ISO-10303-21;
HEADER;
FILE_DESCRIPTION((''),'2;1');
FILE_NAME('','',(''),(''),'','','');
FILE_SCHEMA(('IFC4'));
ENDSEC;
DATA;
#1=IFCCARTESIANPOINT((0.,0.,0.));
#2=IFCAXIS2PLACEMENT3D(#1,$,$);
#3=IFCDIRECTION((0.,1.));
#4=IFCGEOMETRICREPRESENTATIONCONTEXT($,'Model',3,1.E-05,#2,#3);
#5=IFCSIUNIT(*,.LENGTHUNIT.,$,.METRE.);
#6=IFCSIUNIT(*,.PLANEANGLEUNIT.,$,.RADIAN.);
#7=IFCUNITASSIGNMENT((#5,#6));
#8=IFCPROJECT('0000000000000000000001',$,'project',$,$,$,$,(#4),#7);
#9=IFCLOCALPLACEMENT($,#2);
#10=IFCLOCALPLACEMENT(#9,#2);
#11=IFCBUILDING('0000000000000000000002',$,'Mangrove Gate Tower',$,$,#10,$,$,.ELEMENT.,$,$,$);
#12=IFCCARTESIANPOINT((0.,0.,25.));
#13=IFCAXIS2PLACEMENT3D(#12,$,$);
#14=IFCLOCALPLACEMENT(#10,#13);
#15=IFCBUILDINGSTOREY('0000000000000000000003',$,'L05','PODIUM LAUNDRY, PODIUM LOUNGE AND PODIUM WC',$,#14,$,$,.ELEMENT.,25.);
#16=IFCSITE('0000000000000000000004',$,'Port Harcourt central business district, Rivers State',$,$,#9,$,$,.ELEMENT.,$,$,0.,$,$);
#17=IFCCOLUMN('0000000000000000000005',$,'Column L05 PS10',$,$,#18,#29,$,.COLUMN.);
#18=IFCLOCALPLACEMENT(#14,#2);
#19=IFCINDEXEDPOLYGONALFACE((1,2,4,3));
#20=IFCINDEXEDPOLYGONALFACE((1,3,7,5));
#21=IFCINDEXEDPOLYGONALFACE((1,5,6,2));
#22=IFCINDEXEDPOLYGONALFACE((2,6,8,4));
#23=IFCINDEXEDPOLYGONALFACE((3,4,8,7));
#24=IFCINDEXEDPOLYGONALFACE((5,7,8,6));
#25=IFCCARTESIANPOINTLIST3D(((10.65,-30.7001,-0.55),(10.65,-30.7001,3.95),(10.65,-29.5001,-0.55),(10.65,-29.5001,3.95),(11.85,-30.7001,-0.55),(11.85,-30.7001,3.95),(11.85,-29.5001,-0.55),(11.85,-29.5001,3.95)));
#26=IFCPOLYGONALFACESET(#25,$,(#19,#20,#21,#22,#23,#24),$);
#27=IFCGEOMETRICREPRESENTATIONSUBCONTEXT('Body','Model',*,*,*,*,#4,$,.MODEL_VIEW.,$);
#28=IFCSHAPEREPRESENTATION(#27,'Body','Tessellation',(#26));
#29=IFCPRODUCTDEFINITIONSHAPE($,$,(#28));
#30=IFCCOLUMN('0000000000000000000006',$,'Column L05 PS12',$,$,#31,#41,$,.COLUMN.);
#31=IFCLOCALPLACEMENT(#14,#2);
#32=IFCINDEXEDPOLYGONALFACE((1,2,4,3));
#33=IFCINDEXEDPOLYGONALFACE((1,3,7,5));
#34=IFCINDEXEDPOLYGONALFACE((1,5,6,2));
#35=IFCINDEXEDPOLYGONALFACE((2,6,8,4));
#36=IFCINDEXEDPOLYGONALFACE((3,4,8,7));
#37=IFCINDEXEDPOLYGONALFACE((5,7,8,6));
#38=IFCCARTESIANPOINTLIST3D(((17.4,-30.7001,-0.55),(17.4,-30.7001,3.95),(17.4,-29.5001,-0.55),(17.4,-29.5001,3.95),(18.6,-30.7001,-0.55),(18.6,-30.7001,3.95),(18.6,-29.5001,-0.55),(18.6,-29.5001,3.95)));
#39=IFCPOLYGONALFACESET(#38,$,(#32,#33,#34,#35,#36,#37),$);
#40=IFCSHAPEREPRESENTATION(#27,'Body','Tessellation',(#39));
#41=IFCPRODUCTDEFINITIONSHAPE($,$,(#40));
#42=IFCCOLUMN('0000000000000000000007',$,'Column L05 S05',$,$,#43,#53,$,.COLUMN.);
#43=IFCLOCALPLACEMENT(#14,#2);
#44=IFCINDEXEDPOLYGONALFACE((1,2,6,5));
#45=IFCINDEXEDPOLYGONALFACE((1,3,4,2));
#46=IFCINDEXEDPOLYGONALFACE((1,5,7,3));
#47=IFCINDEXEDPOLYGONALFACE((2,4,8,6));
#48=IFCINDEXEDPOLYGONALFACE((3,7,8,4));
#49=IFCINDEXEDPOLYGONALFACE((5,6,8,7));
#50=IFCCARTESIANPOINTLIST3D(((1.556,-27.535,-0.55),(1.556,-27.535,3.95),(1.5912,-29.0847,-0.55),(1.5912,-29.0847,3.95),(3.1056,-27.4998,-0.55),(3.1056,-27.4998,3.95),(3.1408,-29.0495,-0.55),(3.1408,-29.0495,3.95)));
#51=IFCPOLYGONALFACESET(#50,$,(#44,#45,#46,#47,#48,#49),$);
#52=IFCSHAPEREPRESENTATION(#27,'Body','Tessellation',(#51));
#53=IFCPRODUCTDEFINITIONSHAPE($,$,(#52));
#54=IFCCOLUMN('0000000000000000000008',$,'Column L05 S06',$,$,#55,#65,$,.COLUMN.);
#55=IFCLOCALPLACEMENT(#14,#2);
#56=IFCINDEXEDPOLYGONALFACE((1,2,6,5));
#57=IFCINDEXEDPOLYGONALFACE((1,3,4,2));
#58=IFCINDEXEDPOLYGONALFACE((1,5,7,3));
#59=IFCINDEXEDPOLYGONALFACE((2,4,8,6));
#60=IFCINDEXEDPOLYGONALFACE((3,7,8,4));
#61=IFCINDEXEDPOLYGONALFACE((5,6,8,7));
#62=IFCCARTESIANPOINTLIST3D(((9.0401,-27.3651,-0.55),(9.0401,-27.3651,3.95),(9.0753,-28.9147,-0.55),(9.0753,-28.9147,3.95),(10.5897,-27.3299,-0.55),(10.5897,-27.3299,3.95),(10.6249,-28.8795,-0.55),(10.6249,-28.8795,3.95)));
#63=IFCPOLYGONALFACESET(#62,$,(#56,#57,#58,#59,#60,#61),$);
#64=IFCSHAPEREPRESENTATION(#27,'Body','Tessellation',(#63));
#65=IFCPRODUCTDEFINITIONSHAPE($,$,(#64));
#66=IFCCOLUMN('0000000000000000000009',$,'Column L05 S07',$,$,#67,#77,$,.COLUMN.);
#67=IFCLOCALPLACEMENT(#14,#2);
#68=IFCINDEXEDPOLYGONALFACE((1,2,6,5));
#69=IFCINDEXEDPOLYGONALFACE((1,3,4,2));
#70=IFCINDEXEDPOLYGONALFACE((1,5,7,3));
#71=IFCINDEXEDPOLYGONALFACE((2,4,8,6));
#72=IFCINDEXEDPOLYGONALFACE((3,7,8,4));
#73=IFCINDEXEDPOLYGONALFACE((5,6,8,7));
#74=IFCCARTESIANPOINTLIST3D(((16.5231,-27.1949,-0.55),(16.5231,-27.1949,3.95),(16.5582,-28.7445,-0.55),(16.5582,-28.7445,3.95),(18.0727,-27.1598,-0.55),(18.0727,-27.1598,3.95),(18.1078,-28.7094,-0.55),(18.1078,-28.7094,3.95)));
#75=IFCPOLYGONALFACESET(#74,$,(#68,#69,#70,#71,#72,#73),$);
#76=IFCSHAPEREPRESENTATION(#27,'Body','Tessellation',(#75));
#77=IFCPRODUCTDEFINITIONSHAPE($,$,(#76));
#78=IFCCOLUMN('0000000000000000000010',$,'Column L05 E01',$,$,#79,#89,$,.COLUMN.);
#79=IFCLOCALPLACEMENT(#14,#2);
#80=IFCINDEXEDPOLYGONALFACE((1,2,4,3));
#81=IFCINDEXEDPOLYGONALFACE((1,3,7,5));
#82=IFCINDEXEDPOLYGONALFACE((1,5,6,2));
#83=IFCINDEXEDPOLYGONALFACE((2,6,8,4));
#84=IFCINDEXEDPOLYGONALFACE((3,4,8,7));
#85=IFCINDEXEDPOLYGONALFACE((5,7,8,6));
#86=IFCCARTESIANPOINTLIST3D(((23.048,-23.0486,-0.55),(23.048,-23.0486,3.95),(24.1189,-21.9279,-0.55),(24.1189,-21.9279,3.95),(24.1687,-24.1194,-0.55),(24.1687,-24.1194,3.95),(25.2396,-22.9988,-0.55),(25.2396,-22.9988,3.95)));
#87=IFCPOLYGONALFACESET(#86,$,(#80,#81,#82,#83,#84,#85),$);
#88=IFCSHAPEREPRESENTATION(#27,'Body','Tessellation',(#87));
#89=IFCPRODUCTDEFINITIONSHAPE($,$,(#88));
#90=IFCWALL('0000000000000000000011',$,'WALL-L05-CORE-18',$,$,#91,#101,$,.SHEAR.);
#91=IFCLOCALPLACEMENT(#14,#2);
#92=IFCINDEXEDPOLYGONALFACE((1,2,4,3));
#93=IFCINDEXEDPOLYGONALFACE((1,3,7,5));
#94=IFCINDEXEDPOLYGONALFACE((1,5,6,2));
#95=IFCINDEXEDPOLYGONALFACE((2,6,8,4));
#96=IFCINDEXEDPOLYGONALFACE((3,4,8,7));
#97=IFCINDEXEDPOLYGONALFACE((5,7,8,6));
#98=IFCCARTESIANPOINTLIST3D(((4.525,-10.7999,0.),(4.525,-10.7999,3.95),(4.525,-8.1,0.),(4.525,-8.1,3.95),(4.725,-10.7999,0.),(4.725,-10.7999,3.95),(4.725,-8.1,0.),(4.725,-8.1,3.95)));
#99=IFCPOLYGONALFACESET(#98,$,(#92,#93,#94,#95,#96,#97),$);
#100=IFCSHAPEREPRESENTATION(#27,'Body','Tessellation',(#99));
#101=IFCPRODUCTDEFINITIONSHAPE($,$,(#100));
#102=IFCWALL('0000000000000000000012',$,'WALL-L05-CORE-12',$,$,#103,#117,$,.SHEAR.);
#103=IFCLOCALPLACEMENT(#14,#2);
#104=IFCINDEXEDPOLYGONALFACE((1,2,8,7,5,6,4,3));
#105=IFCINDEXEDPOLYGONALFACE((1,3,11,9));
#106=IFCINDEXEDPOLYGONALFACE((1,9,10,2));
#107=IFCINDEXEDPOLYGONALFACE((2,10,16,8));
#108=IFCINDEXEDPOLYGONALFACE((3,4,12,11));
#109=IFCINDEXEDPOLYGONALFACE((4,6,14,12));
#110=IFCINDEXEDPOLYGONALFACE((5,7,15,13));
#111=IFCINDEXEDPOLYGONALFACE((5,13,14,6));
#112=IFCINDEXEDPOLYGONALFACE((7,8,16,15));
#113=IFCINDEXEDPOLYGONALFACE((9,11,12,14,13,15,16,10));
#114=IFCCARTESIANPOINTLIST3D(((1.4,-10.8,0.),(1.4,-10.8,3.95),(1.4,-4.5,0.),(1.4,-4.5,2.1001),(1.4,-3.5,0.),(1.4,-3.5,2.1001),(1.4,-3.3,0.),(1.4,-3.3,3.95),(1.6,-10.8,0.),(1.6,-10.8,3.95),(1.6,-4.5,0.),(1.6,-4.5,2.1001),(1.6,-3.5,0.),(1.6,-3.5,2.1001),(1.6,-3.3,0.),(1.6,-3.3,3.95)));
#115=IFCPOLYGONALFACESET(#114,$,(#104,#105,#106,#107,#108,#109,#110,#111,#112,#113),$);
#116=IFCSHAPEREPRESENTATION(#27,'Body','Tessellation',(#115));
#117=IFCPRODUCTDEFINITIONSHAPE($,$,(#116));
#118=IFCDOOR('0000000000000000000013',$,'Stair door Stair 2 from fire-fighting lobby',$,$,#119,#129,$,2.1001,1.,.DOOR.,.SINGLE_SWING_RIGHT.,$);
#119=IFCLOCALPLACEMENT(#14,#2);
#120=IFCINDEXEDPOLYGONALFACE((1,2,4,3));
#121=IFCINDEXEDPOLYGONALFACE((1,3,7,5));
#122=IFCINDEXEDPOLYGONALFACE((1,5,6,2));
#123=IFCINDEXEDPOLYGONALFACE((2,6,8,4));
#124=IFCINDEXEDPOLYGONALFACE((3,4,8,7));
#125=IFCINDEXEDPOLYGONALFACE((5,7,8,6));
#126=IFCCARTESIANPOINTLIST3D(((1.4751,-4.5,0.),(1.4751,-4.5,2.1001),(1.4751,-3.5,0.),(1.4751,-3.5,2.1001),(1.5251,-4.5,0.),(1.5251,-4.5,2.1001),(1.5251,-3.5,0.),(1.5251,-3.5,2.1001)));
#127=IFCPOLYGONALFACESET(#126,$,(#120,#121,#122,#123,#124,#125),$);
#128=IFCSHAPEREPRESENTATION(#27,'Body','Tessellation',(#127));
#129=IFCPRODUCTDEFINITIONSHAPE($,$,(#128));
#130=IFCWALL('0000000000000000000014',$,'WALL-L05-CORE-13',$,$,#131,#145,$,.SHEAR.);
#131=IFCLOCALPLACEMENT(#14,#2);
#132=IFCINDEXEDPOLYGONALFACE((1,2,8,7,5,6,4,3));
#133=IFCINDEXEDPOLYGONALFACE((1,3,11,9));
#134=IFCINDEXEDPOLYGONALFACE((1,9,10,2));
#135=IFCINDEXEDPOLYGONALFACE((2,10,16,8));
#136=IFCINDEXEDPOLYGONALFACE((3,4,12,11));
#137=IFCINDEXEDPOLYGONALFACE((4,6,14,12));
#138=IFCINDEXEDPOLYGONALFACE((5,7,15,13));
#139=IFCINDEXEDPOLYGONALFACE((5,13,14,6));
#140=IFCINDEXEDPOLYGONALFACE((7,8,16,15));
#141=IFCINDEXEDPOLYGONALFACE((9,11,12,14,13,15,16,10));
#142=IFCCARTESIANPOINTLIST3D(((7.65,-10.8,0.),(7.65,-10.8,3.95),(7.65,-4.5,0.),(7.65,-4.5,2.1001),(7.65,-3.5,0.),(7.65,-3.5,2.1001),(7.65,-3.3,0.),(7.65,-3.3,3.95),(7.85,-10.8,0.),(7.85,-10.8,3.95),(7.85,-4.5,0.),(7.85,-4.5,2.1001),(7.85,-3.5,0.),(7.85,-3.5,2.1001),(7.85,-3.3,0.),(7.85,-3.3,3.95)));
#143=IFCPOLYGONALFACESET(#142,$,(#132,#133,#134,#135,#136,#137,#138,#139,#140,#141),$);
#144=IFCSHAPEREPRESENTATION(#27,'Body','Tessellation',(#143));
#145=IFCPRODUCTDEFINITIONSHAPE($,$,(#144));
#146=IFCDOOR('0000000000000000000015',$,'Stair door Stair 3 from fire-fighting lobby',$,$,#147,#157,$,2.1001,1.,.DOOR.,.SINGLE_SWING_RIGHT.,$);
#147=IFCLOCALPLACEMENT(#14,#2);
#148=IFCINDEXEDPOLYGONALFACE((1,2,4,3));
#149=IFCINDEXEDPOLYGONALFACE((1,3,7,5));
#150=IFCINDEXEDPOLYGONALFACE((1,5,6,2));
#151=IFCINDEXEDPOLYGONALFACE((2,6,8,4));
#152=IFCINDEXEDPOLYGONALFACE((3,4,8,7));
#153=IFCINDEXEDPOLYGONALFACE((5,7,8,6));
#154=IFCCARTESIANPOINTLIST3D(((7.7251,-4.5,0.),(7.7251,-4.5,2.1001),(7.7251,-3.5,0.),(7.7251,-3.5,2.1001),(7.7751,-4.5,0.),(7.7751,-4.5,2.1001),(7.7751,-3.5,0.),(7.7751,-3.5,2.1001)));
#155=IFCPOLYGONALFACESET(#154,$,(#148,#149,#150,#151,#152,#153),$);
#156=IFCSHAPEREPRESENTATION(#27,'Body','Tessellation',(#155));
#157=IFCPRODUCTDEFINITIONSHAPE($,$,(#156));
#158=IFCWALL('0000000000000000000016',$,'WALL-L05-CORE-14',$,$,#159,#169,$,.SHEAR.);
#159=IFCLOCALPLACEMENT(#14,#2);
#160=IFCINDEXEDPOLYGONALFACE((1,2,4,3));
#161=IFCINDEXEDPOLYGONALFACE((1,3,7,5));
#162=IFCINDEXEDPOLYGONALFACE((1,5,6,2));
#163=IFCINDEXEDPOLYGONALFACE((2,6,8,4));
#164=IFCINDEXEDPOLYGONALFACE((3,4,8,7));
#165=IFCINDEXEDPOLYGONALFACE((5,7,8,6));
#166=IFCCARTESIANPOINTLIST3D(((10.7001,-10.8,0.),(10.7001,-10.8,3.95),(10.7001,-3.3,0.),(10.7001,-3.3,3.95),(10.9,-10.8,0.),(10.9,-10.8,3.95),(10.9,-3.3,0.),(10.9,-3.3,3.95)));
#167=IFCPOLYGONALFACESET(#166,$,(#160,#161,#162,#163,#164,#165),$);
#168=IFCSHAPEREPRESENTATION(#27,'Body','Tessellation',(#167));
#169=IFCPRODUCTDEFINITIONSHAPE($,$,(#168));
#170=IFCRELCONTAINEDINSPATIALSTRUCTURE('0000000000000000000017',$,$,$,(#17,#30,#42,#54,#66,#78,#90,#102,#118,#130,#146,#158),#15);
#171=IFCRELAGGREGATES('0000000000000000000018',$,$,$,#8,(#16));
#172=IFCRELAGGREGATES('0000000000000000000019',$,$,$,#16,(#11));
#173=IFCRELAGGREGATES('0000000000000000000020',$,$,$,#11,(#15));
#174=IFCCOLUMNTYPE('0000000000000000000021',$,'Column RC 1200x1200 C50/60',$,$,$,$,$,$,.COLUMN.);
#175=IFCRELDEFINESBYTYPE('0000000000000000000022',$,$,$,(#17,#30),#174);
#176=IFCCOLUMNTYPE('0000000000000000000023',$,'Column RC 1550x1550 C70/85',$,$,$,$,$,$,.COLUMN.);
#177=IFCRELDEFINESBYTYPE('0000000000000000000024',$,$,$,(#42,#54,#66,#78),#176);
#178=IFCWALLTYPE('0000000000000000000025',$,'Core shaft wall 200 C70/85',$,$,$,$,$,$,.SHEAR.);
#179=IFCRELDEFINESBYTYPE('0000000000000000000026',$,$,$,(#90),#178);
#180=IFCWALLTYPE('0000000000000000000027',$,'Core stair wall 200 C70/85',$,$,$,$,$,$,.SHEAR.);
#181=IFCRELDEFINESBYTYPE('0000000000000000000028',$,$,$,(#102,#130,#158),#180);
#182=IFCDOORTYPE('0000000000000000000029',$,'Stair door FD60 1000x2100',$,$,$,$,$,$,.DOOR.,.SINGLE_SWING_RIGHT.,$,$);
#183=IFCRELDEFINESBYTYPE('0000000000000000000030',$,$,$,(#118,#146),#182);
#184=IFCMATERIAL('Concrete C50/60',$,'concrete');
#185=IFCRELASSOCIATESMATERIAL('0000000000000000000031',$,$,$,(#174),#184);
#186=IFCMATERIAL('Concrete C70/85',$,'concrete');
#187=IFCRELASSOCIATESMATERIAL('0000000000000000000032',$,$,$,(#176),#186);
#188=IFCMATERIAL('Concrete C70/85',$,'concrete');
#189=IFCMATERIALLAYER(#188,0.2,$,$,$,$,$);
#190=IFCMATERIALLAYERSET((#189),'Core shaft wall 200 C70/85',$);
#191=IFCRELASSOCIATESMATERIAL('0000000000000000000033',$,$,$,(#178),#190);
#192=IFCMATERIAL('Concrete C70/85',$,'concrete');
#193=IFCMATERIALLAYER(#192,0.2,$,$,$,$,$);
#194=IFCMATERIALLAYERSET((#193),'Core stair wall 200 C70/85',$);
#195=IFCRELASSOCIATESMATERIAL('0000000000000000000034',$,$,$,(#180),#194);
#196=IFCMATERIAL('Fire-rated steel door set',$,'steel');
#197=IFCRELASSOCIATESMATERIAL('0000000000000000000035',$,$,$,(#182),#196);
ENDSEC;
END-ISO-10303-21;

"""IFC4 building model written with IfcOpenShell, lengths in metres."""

from ifc_helpers import new_model, si_unit, direction, frame, frame_2d, origin, origin_2d, place, context, subcontext, project, spatial, rectangle, extrude, material, layer, layer_set, material_profile, profile_set, type_object, element, fill, save


model = new_model("IFC4")

# Units and contexts
model_context = context("Model", 3, precision=1e-05, world=origin(), true_north=direction((0.0, 1.0)))
body_context = subcontext(model_context, "Body", "Model", "MODEL_VIEW")
ifc_project = project(units=[si_unit("LENGTHUNIT", "METRE"), si_unit("PLANEANGLEUNIT", "RADIAN")], contexts=[model_context])

# Site, building, storey
site_placement = place(None, origin())
site = spatial("IfcSite", under=ifc_project, at=site_placement, Name="Port Harcourt central business district, Rivers State", CompositionType="ELEMENT", RefElevation=0.0)
building_placement = place(site_placement, origin())
building = spatial("IfcBuilding", under=site, at=building_placement, Name="Mangrove Gate Tower", CompositionType="ELEMENT")
storey_placement = place(building_placement, frame((0.0, 0.0, 25.0)))
storey = spatial("IfcBuildingStorey", under=building, at=storey_placement, Name="L05", Description="PODIUM LAUNDRY, PODIUM LOUNGE AND PODIUM WC", CompositionType="ELEMENT", Elevation=25.0)

# Columns
ifc_material_1 = material(Name="Concrete C50/60", Category="concrete")
ifc_material_profile_1 = material_profile(ifc_material_1, rectangle(XDim=1.2, YDim=1.2, at=origin_2d()))
ifc_profile_set_1 = profile_set([ifc_material_profile_1], Name="Concrete C50/60")
column_type_1 = type_object("IfcColumnType", Name="Column RC 1200x1200 C50/60", PredefinedType="COLUMN", material=ifc_profile_set_1)
for number, where, z_axis, x_axis, name in (
    (1, (11.25, -30.1001, -0.55), (0.0, 0.0, 1.0), (1.0, 0.0, 0.0), "Column L05 PS10"),
    (2, (18.0, -30.1001, -0.55), (0.0, 0.0, 1.0), (1.0, 0.0, 0.0), "Column L05 PS12"),
):
    element("IfcColumn", number, at=place(storey_placement, frame(where, z_axis=z_axis, x_axis=x_axis)), inside=storey, type_object=column_type_1, Name=name, PredefinedType="COLUMN", context=body_context, shape_type="SweptSolid", body=[
        extrude(rectangle(XDim=1.2, YDim=1.2, at=origin_2d()), origin(), (0.0, 0.0, 1.0), 4.5),
    ])
ifc_material_2 = material(Name="Concrete C70/85", Category="concrete")
ifc_material_profile_2 = material_profile(ifc_material_2, rectangle(XDim=1.55, YDim=1.55, at=origin_2d()))
ifc_profile_set_2 = profile_set([ifc_material_profile_2], Name="Concrete C70/85")
column_type_2 = type_object("IfcColumnType", Name="Column RC 1550x1550 C70/85", PredefinedType="COLUMN", material=ifc_profile_set_2)
for number, where, z_axis, x_axis, name in (
    (3, (2.3484, -28.2922, -0.55), (0.0, 0.0, 1.0), (0.999742, 0.022709, 0.0), "Column L05 S05"),
    (4, (9.8325, -28.1223, -0.55), (0.0, 0.0, 1.0), (0.999742, 0.022711, 0.0), "Column L05 S06"),
    (5, (17.3154, -27.9521, -0.55), (0.0, 0.0, 1.0), (0.999744, 0.022644, 0.0), "Column L05 S07"),
    (6, (24.1438, -23.0237, -0.55), (0.0, 0.0, 1.0), (0.690876, 0.722973, 0.0), "Column L05 E01"),
):
    element("IfcColumn", number, at=place(storey_placement, frame(where, z_axis=z_axis, x_axis=x_axis)), inside=storey, type_object=column_type_2, Name=name, PredefinedType="COLUMN", context=body_context, shape_type="SweptSolid", body=[
        extrude(rectangle(XDim=1.55, YDim=1.55, at=origin_2d()), origin(), (0.0, 0.0, 1.0), 4.5),
    ])

# Wall
ifc_material_3 = material(Name="Concrete C70/85", Category="concrete")
ifc_layer_1 = layer(ifc_material_3, 0.2)
ifc_layer_set_1 = layer_set([ifc_layer_1], Name="Core shaft wall 200 C70/85")
wall_type_1 = type_object("IfcWallType", Name="Core shaft wall 200 C70/85", PredefinedType="SHEAR", material=ifc_layer_set_1)
wall_1_placement = place(storey_placement, frame((4.625, -10.8, 0.0), z_axis=(0.0, 0.0, 1.0), x_axis=(0.0, 1.0, 0.0)))
element("IfcWall", 7, at=wall_1_placement, inside=storey, type_object=wall_type_1, Name="WALL-L05-CORE-18", PredefinedType="SHEAR", context=body_context, shape_type="SweptSolid", body=[
    extrude(rectangle(XDim=2.7, YDim=0.2, at=frame_2d((1.3501, 0.0))), origin(), (0.0, 0.0, 1.0), 3.95),
])

# Walls, openings, doors
ifc_material_4 = material(Name="Concrete C70/85", Category="concrete")
ifc_layer_2 = layer(ifc_material_4, 0.2)
ifc_layer_set_2 = layer_set([ifc_layer_2], Name="Core stair wall 200 C70/85")
wall_type_2 = type_object("IfcWallType", Name="Core stair wall 200 C70/85", PredefinedType="SHEAR", material=ifc_layer_set_2)
wall_2_placement = place(storey_placement, frame((1.5, -10.8, 0.0), z_axis=(0.0, 0.0, 1.0), x_axis=(0.0, 1.0, 0.0)))
wall_2 = element("IfcWall", 8, at=wall_2_placement, inside=storey, type_object=wall_type_2, Name="WALL-L05-CORE-12", PredefinedType="SHEAR", context=body_context, shape_type="SweptSolid", body=[
    extrude(rectangle(XDim=7.5, YDim=0.2, at=frame_2d((3.75, 0.0))), origin(), (0.0, 0.0, 1.0), 3.95),
])
opening_1_placement = place(wall_2_placement, frame((6.3, 0.0, 0.0)))
opening_1 = element("IfcOpeningElement", 9, at=opening_1_placement, cuts=wall_2, PredefinedType="OPENING", context=body_context, shape_type="SweptSolid", body=[
    extrude(rectangle(XDim=1.0, YDim=2.1001, at=frame_2d((0.5, 1.05))), frame((0.0, 0.1099, 0.0), z_axis=(0.0, -1.0, 0.0), x_axis=(1.0, 0.0, 0.0)), (0.0, 0.0, 1.0), 0.22),
])
ifc_material_5 = material(Name="Fire-rated steel door set", Category="steel")
door_type_1 = type_object("IfcDoorType", Name="Stair door FD60 1000x2100", OperationType="SINGLE_SWING_RIGHT", PredefinedType="DOOR", material=ifc_material_5)
door_1_placement = place(opening_1_placement, origin())
door_1 = element("IfcDoor", 10, at=door_1_placement, inside=storey, type_object=door_type_1, Name="Stair door Stair 2 from fire-fighting lobby", OperationType="SINGLE_SWING_RIGHT", OverallHeight=2.1001, OverallWidth=1.0, PredefinedType="DOOR", context=body_context, shape_type="SweptSolid", body=[
    extrude(rectangle(XDim=1.0, YDim=2.1001, at=frame_2d((0.5, 1.05))), frame((0.0, 0.0249, 0.0), z_axis=(0.0, -1.0, 0.0), x_axis=(1.0, 0.0, 0.0)), (0.0, 0.0, 1.0), 0.05),
])
fill(opening_1, door_1)
wall_3_placement = place(storey_placement, frame((7.75, -10.8, 0.0), z_axis=(0.0, 0.0, 1.0), x_axis=(0.0, 1.0, 0.0)))
wall_3 = element("IfcWall", 11, at=wall_3_placement, inside=storey, type_object=wall_type_2, Name="WALL-L05-CORE-13", PredefinedType="SHEAR", context=body_context, shape_type="SweptSolid", body=[
    extrude(rectangle(XDim=7.5, YDim=0.2, at=frame_2d((3.75, 0.0))), origin(), (0.0, 0.0, 1.0), 3.95),
])
opening_2_placement = place(wall_3_placement, frame((6.3, 0.0, 0.0)))
opening_2 = element("IfcOpeningElement", 12, at=opening_2_placement, cuts=wall_3, PredefinedType="OPENING", context=body_context, shape_type="SweptSolid", body=[
    extrude(rectangle(XDim=1.0, YDim=2.1001, at=frame_2d((0.5, 1.05))), frame((0.0, 0.1099, 0.0), z_axis=(0.0, -1.0, 0.0), x_axis=(1.0, 0.0, 0.0)), (0.0, 0.0, 1.0), 0.22),
])
door_2_placement = place(opening_2_placement, origin())
door_2 = element("IfcDoor", 13, at=door_2_placement, inside=storey, type_object=door_type_1, Name="Stair door Stair 3 from fire-fighting lobby", OperationType="SINGLE_SWING_RIGHT", OverallHeight=2.1001, OverallWidth=1.0, PredefinedType="DOOR", context=body_context, shape_type="SweptSolid", body=[
    extrude(rectangle(XDim=1.0, YDim=2.1001, at=frame_2d((0.5, 1.05))), frame((0.0, 0.0249, 0.0), z_axis=(0.0, -1.0, 0.0), x_axis=(1.0, 0.0, 0.0)), (0.0, 0.0, 1.0), 0.05),
])
fill(opening_2, door_2)

# Wall
wall_4_placement = place(storey_placement, frame((10.8, -10.8, 0.0), z_axis=(0.0, 0.0, 1.0), x_axis=(0.0, 1.0, 0.0)))
element("IfcWall", 14, at=wall_4_placement, inside=storey, type_object=wall_type_2, Name="WALL-L05-CORE-14", PredefinedType="SHEAR", context=body_context, shape_type="SweptSolid", body=[
    extrude(rectangle(XDim=7.5, YDim=0.2, at=frame_2d((3.75, 0.0))), origin(), (0.0, 0.0, 1.0), 3.95),
])

save(model, "model.ifc")
